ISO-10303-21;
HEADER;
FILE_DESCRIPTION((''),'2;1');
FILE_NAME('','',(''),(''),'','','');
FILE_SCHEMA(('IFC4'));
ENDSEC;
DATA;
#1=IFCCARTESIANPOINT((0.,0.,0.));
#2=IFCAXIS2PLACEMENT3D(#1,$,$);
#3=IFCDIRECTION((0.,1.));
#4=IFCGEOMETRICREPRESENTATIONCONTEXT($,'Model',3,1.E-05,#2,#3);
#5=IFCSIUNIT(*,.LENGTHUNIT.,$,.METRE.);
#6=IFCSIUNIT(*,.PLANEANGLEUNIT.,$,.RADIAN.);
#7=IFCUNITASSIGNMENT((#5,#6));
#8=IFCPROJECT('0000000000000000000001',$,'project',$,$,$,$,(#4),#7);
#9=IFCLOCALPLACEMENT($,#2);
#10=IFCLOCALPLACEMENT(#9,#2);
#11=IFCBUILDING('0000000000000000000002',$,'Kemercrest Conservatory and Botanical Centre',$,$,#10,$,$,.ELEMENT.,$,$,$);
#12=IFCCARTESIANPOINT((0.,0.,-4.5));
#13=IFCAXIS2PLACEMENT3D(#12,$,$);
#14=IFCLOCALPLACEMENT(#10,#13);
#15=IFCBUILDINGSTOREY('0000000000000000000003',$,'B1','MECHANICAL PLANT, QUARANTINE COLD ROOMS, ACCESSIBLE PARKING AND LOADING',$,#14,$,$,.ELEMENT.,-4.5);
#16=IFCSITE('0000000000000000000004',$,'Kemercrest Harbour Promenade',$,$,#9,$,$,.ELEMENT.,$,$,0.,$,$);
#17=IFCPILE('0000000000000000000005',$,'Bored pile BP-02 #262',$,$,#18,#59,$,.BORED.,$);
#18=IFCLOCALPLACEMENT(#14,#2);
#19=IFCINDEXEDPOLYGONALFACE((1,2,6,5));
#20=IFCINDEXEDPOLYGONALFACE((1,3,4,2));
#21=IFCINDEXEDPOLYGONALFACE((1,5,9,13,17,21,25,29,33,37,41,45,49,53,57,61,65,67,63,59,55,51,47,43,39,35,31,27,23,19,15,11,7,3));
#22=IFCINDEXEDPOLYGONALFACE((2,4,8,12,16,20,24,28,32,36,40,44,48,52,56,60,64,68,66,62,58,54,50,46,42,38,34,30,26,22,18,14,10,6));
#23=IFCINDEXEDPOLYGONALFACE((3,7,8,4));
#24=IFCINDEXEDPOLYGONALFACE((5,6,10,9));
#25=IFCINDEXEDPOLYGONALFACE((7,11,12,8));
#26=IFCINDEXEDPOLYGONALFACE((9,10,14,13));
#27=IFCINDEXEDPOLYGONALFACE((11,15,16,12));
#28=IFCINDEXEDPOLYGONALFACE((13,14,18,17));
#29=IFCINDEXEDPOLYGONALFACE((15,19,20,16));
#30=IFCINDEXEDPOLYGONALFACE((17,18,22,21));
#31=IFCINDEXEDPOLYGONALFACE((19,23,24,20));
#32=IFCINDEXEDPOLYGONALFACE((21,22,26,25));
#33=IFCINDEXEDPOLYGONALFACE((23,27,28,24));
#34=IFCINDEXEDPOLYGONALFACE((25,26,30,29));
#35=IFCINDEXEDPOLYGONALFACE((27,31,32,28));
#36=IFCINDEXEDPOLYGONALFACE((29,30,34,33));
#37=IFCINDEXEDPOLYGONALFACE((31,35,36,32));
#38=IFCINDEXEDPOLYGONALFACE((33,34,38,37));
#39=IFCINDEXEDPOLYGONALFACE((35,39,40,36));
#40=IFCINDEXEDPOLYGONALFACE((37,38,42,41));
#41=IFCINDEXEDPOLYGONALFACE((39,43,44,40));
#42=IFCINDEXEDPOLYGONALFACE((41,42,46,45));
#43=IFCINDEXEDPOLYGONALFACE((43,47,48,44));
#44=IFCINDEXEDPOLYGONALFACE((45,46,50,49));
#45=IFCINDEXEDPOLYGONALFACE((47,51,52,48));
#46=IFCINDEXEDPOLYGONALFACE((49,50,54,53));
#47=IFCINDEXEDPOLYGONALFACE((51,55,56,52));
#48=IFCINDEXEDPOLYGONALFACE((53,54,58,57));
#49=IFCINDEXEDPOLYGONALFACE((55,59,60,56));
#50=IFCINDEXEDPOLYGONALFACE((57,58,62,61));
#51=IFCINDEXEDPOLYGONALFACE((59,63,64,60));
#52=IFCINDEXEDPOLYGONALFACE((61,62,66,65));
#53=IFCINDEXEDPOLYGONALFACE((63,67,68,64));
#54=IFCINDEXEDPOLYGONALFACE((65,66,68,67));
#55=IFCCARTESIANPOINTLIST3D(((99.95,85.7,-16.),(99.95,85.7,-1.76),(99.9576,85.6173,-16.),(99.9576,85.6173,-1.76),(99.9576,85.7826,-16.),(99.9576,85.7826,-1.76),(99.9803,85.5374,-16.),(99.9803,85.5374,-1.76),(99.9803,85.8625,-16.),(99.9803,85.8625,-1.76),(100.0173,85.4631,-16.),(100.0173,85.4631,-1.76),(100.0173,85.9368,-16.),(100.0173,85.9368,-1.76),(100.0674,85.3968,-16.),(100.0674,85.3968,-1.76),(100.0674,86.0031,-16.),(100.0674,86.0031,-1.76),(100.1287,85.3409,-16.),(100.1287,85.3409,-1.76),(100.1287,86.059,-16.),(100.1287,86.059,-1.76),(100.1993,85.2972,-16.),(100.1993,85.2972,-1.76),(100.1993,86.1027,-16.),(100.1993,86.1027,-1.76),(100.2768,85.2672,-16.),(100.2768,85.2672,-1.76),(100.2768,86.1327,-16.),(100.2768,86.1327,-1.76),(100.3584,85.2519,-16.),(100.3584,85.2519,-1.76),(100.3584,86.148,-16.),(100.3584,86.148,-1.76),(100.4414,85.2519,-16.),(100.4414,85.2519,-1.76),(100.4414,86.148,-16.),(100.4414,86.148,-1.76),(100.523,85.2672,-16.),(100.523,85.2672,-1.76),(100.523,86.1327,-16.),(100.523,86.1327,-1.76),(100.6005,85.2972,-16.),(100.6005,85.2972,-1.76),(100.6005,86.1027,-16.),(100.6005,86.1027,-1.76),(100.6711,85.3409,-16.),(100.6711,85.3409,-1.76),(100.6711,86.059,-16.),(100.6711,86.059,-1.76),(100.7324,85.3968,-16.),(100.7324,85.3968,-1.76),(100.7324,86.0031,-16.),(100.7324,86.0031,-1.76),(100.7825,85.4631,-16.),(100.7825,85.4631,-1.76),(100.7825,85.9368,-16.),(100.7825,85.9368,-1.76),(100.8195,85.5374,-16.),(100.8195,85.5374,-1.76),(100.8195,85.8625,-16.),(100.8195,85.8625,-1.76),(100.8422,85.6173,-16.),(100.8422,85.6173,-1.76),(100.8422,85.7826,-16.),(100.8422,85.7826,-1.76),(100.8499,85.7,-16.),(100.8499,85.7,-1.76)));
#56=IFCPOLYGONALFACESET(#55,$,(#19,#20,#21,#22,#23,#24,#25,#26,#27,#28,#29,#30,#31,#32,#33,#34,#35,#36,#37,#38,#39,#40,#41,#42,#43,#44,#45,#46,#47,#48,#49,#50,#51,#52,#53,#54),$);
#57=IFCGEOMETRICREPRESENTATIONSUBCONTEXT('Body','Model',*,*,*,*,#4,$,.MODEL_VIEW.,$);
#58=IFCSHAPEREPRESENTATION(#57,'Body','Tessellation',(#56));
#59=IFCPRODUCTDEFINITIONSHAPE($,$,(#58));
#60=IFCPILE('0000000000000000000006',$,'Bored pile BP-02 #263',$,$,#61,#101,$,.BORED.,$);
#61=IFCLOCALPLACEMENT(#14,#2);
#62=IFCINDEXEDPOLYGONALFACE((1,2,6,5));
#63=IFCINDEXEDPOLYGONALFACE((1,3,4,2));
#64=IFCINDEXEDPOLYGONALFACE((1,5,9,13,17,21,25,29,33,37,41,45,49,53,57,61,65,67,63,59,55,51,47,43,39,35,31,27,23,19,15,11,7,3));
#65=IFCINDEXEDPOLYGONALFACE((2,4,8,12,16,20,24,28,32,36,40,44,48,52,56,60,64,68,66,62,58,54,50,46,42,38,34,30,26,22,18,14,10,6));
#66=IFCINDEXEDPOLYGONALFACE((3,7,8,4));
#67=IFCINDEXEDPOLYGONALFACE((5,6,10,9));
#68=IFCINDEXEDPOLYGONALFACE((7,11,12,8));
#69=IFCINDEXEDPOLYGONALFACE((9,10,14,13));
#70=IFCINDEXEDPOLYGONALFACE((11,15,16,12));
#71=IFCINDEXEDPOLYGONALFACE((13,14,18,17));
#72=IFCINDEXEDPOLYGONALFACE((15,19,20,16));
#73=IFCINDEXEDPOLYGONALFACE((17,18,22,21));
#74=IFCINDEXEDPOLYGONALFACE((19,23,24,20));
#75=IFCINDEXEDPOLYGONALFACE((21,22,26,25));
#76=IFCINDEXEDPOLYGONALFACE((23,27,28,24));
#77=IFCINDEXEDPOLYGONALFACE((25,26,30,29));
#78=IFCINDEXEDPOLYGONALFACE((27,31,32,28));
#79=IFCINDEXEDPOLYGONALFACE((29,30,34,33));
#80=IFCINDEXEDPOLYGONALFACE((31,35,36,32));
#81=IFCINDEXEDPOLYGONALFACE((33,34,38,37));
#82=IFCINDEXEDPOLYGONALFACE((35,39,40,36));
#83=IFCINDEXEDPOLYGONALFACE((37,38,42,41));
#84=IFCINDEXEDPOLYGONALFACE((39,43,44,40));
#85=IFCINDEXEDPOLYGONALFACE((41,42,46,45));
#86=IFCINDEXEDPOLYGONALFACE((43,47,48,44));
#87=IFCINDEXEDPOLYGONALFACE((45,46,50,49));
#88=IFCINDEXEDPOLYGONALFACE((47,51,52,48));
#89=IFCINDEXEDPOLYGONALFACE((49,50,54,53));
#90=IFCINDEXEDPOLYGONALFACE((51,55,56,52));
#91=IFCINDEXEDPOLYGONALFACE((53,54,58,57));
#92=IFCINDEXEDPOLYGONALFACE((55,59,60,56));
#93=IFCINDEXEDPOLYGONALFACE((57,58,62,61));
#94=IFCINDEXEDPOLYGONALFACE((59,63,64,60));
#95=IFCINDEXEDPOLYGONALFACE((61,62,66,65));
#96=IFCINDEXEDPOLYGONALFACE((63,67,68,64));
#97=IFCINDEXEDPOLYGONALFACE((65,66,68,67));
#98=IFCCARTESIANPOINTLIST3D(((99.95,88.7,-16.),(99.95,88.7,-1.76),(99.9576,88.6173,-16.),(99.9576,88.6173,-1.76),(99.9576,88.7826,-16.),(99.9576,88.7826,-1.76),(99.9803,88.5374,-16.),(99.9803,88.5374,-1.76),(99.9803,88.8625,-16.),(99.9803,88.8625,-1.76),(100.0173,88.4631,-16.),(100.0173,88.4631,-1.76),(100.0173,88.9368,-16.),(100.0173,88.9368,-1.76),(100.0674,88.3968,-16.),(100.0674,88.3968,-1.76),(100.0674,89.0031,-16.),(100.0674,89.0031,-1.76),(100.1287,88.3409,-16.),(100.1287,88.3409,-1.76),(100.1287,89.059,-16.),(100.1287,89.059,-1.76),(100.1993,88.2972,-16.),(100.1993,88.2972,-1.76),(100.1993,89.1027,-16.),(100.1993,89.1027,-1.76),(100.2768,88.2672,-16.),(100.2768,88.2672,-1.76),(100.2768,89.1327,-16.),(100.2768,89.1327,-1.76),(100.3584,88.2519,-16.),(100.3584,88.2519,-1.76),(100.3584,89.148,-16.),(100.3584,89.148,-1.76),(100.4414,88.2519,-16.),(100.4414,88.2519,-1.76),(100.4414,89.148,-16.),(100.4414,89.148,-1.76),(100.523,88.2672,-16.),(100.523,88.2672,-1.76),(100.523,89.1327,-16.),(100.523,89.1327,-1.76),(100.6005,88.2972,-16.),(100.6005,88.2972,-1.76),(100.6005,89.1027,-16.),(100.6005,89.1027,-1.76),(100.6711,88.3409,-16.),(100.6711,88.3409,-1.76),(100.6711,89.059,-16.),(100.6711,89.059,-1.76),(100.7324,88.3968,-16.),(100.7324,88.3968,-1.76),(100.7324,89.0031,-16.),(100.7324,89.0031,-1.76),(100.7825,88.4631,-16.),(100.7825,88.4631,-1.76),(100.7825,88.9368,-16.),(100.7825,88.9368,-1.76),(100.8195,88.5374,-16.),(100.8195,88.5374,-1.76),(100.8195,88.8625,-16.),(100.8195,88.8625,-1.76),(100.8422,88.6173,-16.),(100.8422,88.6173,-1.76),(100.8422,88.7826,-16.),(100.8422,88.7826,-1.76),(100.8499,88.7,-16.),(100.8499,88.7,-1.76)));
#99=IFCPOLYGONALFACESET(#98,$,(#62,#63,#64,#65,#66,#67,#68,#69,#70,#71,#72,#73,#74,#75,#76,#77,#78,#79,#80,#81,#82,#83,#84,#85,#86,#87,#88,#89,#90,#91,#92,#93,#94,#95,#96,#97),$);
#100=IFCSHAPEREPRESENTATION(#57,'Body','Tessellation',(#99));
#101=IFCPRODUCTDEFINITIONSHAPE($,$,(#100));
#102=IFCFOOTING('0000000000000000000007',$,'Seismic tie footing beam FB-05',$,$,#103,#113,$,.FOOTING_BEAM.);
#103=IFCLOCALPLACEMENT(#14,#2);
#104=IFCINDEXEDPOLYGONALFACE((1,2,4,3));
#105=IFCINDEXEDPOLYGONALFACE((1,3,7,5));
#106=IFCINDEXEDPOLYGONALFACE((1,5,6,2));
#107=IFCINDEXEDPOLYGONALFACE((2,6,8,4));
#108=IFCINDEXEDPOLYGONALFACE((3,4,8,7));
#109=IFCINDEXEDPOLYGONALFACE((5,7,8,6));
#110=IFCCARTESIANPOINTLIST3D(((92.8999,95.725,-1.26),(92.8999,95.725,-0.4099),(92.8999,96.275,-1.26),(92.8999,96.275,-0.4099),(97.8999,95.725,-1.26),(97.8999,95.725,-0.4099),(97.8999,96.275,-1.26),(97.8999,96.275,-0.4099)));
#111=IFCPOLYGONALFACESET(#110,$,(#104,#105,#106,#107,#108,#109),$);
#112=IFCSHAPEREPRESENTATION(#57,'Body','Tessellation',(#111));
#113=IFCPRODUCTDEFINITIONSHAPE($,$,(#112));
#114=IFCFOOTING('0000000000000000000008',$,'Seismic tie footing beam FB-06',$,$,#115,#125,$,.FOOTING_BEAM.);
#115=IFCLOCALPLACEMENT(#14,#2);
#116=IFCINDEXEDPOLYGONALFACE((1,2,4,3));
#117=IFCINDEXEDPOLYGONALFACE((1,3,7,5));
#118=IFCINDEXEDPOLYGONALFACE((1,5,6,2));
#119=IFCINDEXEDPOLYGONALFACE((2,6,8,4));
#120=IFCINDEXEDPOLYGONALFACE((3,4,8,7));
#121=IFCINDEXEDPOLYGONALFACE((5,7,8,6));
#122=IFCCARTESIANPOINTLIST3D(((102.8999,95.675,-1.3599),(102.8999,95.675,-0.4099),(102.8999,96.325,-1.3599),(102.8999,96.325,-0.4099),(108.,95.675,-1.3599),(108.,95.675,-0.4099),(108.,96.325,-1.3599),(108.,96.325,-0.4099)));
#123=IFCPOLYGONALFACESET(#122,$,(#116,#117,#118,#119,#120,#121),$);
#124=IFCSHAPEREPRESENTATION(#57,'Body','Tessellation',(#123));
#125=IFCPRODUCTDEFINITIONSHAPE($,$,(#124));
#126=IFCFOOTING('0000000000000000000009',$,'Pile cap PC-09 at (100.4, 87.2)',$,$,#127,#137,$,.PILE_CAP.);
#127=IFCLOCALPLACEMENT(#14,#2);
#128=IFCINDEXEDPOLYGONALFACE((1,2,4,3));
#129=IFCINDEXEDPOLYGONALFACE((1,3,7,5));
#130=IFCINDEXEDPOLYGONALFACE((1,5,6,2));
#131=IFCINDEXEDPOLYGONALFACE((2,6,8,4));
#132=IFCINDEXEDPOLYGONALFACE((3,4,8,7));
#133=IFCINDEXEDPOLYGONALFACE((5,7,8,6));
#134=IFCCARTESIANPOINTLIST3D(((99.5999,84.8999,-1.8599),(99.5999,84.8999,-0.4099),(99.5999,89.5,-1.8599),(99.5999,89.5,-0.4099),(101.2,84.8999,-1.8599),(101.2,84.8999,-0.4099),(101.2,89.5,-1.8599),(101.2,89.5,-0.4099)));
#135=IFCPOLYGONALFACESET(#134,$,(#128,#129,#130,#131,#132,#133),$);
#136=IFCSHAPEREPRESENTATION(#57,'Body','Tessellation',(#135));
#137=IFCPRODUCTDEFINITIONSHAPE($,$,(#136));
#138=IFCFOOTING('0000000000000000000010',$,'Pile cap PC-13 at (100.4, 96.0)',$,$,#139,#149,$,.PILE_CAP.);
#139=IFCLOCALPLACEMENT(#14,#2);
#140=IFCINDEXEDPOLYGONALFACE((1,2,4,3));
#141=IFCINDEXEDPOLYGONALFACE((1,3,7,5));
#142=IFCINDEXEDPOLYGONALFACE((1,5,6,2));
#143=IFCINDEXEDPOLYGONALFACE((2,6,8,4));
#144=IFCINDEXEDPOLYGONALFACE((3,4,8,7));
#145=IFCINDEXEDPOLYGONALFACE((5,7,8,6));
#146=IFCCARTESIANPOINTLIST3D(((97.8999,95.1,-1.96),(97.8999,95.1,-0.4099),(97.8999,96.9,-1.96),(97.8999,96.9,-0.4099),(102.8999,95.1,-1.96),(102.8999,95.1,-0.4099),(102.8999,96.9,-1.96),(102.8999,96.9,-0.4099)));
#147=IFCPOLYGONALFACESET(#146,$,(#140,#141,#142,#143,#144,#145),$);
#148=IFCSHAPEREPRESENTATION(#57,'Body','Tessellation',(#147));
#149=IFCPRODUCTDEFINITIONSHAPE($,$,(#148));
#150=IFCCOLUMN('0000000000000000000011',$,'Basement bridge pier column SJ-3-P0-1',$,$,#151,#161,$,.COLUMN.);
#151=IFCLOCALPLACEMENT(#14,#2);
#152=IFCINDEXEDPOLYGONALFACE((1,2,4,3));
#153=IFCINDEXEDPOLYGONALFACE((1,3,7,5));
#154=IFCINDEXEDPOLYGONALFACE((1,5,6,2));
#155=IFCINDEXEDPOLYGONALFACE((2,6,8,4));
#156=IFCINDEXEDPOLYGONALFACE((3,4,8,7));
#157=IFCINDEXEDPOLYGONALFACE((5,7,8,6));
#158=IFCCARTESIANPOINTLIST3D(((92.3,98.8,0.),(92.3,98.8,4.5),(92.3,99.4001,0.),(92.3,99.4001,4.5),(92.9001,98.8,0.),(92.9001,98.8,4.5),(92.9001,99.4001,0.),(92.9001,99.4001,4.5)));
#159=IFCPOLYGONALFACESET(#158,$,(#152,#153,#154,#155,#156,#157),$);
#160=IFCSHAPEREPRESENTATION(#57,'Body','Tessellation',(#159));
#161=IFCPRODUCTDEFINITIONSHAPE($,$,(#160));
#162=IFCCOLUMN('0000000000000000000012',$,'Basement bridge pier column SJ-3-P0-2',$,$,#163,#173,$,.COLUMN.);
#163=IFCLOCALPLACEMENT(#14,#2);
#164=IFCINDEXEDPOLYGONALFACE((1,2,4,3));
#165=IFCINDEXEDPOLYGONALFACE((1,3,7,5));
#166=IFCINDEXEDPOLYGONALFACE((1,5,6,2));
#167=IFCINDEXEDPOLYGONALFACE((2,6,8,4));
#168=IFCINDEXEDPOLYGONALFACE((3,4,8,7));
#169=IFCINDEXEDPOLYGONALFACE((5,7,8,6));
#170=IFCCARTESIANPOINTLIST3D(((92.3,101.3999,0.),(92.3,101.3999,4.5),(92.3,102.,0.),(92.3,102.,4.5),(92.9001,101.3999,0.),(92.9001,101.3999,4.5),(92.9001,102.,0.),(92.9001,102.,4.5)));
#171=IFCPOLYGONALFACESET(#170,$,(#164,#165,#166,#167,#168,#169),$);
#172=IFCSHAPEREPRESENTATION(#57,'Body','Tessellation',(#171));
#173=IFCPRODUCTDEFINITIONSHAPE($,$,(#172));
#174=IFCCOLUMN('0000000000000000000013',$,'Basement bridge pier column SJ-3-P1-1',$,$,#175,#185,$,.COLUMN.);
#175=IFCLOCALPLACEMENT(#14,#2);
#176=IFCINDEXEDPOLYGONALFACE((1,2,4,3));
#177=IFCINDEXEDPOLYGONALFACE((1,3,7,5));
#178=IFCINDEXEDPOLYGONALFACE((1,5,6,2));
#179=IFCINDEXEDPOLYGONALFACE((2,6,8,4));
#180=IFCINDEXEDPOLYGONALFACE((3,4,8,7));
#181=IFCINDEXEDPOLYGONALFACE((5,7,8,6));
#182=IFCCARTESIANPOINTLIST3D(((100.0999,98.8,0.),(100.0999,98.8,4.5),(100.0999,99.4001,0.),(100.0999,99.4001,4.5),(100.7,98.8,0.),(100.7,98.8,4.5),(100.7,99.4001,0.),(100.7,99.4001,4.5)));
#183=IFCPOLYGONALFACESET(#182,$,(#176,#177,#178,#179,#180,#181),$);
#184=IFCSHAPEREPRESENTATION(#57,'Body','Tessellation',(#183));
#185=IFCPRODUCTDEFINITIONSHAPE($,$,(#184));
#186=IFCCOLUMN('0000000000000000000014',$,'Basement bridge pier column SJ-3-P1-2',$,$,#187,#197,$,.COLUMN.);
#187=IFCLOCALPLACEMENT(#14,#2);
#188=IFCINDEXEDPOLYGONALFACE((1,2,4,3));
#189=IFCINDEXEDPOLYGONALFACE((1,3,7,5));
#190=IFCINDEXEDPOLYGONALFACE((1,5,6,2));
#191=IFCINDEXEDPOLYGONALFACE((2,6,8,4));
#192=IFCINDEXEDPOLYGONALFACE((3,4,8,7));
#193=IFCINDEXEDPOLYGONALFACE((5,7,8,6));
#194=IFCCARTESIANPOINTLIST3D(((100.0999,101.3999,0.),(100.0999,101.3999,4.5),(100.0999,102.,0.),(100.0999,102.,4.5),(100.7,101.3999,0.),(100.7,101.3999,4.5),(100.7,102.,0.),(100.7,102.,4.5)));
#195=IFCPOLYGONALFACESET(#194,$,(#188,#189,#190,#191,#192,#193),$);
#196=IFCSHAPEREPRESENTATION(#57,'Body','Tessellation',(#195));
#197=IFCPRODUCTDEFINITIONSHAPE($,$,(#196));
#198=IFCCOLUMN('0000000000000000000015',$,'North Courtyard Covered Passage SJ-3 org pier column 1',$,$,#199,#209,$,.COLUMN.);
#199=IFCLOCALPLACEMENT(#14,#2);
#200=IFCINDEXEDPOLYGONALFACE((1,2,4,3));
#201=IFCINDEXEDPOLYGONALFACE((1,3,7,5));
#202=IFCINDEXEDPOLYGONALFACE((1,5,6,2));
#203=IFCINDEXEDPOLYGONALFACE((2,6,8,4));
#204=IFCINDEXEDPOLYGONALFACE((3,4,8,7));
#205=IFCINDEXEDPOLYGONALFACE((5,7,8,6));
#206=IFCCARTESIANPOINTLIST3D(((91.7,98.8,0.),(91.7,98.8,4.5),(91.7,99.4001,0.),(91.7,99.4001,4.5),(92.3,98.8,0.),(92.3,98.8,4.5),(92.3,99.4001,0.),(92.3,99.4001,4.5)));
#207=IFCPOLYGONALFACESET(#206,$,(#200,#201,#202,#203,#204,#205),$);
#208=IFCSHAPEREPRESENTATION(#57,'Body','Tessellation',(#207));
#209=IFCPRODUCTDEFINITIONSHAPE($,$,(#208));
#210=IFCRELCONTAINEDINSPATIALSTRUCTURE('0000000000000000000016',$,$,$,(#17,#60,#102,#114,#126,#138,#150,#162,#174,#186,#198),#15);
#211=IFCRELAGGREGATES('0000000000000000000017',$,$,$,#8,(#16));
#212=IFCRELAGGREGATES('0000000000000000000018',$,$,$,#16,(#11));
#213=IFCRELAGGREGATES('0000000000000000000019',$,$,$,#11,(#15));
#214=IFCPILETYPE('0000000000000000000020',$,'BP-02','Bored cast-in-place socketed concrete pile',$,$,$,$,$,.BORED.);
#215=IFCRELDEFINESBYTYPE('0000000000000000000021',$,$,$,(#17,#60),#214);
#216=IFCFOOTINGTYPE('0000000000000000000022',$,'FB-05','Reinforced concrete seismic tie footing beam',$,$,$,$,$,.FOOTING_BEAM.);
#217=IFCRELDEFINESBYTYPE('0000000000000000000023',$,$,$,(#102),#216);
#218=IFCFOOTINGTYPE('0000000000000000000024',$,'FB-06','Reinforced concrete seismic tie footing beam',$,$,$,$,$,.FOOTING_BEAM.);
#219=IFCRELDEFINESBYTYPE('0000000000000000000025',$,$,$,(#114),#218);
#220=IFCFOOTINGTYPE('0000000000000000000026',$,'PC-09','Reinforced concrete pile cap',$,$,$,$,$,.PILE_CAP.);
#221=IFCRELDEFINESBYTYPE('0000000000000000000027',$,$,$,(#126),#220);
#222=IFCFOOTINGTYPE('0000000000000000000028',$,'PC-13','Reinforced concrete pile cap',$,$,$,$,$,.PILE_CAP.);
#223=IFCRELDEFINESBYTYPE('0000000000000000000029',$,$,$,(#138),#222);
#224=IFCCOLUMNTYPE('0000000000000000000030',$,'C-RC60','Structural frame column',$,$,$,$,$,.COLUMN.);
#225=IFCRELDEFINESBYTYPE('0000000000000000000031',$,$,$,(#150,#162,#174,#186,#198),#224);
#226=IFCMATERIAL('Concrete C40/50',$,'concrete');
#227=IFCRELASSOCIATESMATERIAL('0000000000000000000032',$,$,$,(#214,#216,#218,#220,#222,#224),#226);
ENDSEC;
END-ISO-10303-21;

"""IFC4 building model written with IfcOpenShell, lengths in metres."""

from ifc_helpers import new_model, si_unit, direction, frame, origin, origin_2d, place, context, subcontext, project, spatial, rectangle, circle, extrude, material, material_profile, profile_set, type_object, element, save


model = new_model("IFC4")

# Units and contexts
model_context = context("Model", 3, precision=1e-05, world=origin(), true_north=direction((0.0, 1.0)))
body_context = subcontext(model_context, "Body", "Model", "MODEL_VIEW")
ifc_project = project(units=[si_unit("LENGTHUNIT", "METRE"), si_unit("PLANEANGLEUNIT", "RADIAN")], contexts=[model_context])

# Site, building, storey
site_placement = place(None, origin())
site = spatial("IfcSite", under=ifc_project, at=site_placement, Name="Kemercrest Harbour Promenade", CompositionType="ELEMENT", RefElevation=0.0)
building_placement = place(site_placement, origin())
building = spatial("IfcBuilding", under=site, at=building_placement, Name="Kemercrest Conservatory and Botanical Centre", CompositionType="ELEMENT")
storey_placement = place(building_placement, frame((0.0, 0.0, -4.5)))
storey = spatial("IfcBuildingStorey", under=building, at=storey_placement, Name="B1", Description="MECHANICAL PLANT, QUARANTINE COLD ROOMS, ACCESSIBLE PARKING AND LOADING", CompositionType="ELEMENT", Elevation=-4.5)

# Piles
ifc_material_1 = material(Name="Concrete C40/50", Category="concrete")
ifc_material_profile_1 = material_profile(ifc_material_1, circle(Radius=0.45, at=origin_2d()), Name="BORED PILE 900")
ifc_profile_set_1 = profile_set([ifc_material_profile_1], Name="Concrete C40/50")
pile_type_1 = type_object("IfcPileType", Name="BP-02", Description="Bored cast-in-place socketed concrete pile", PredefinedType="BORED", material=ifc_profile_set_1)
for number, where, z_axis, x_axis, name in (
    (1, (100.3999, 85.7, -1.76), (0.0, 0.0, -1.0), (1.0, 0.0, 0.0), "Bored pile BP-02 #262"),
    (2, (100.3999, 88.7, -1.76), (0.0, 0.0, -1.0), (1.0, 0.0, 0.0), "Bored pile BP-02 #263"),
):
    element("IfcPile", number, at=place(storey_placement, frame(where, z_axis=z_axis, x_axis=x_axis)), inside=storey, type_object=pile_type_1, Name=name, PredefinedType="BORED", context=body_context, shape_type="SweptSolid", body=[
        extrude(circle(Radius=0.45, at=origin_2d()), origin(), (0.0, 0.0, 1.0), 14.24),
    ])

# Footings
footing_type_1 = type_object("IfcFootingType", Name="FB-05", Description="Reinforced concrete seismic tie footing beam", PredefinedType="FOOTING_BEAM", material=ifc_material_1)
footing_1_placement = place(storey_placement, frame((95.3999, 96.0, -1.26), z_axis=(0.0, 0.0, 1.0), x_axis=(1.0, 0.0, 0.0)))
element("IfcFooting", 3, at=footing_1_placement, inside=storey, type_object=footing_type_1, Name="Seismic tie footing beam FB-05", PredefinedType="FOOTING_BEAM", context=body_context, shape_type="SweptSolid", body=[
    extrude(rectangle(XDim=5.0, YDim=0.55, at=origin_2d()), origin(), (0.0, 0.0, 1.0), 0.8501),
])
footing_type_2 = type_object("IfcFootingType", Name="FB-06", Description="Reinforced concrete seismic tie footing beam", PredefinedType="FOOTING_BEAM", material=ifc_material_1)
footing_2_placement = place(storey_placement, frame((105.45, 96.0, -1.3599), z_axis=(0.0, 0.0, 1.0), x_axis=(1.0, 0.0, 0.0)))
element("IfcFooting", 4, at=footing_2_placement, inside=storey, type_object=footing_type_2, Name="Seismic tie footing beam FB-06", PredefinedType="FOOTING_BEAM", context=body_context, shape_type="SweptSolid", body=[
    extrude(rectangle(XDim=5.1001, YDim=0.6499, at=origin_2d()), origin(), (0.0, 0.0, 1.0), 0.95),
])
footing_type_3 = type_object("IfcFootingType", Name="PC-09", Description="Reinforced concrete pile cap", PredefinedType="PILE_CAP", material=ifc_material_1)
footing_3_placement = place(storey_placement, frame((100.3999, 87.2, -1.8599), z_axis=(0.0, 0.0, 1.0), x_axis=(1.0, 0.0, 0.0)))
element("IfcFooting", 5, at=footing_3_placement, inside=storey, type_object=footing_type_3, Name="Pile cap PC-09 at (100.4, 87.2)", PredefinedType="PILE_CAP", context=body_context, shape_type="SweptSolid", body=[
    extrude(rectangle(XDim=1.6001, YDim=4.6001, at=origin_2d()), origin(), (0.0, 0.0, 1.0), 1.45),
])
footing_type_4 = type_object("IfcFootingType", Name="PC-13", Description="Reinforced concrete pile cap", PredefinedType="PILE_CAP", material=ifc_material_1)
footing_4_placement = place(storey_placement, frame((100.3999, 96.0, -1.96), z_axis=(0.0, 0.0, 1.0), x_axis=(1.0, 0.0, 0.0)))
element("IfcFooting", 6, at=footing_4_placement, inside=storey, type_object=footing_type_4, Name="Pile cap PC-13 at (100.4, 96.0)", PredefinedType="PILE_CAP", context=body_context, shape_type="SweptSolid", body=[
    extrude(rectangle(XDim=5.0, YDim=1.8, at=origin_2d()), origin(), (0.0, 0.0, 1.0), 1.55),
])

# Columns
ifc_material_profile_2 = material_profile(ifc_material_1, rectangle(XDim=0.6001, YDim=0.6001, at=origin_2d()), Name="RC 600x600")
ifc_profile_set_2 = profile_set([ifc_material_profile_2], Name="Concrete C40/50")
column_type_1 = type_object("IfcColumnType", Name="C-RC60", Description="Structural frame column", PredefinedType="COLUMN", material=ifc_profile_set_2)
for number, where, z_axis, x_axis, name in (
    (7, (92.6001, 99.1001, 0.0), (0.0, 0.0, 1.0), (1.0, 0.0, 0.0), "Basement bridge pier column SJ-3-P0-1"),
    (8, (92.6001, 101.7, 0.0), (0.0, 0.0, 1.0), (1.0, 0.0, 0.0), "Basement bridge pier column SJ-3-P0-2"),
    (9, (100.3999, 99.1001, 0.0), (0.0, 0.0, 1.0), (1.0, 0.0, 0.0), "Basement bridge pier column SJ-3-P1-1"),
    (10, (100.3999, 101.7, 0.0), (0.0, 0.0, 1.0), (1.0, 0.0, 0.0), "Basement bridge pier column SJ-3-P1-2"),
    (11, (92.0, 99.1001, 0.0), (0.0, 0.0, 1.0), (1.0, 0.0, 0.0), "North Courtyard Covered Passage SJ-3 org pier column 1"),
):
    element("IfcColumn", number, at=place(storey_placement, frame(where, z_axis=z_axis, x_axis=x_axis)), inside=storey, type_object=column_type_1, Name=name, PredefinedType="COLUMN", context=body_context, shape_type="SweptSolid", body=[
        extrude(rectangle(XDim=0.6001, YDim=0.6001, at=origin_2d()), origin(), (0.0, 0.0, 1.0), 4.5),
    ])

save(model, "model.ifc")
